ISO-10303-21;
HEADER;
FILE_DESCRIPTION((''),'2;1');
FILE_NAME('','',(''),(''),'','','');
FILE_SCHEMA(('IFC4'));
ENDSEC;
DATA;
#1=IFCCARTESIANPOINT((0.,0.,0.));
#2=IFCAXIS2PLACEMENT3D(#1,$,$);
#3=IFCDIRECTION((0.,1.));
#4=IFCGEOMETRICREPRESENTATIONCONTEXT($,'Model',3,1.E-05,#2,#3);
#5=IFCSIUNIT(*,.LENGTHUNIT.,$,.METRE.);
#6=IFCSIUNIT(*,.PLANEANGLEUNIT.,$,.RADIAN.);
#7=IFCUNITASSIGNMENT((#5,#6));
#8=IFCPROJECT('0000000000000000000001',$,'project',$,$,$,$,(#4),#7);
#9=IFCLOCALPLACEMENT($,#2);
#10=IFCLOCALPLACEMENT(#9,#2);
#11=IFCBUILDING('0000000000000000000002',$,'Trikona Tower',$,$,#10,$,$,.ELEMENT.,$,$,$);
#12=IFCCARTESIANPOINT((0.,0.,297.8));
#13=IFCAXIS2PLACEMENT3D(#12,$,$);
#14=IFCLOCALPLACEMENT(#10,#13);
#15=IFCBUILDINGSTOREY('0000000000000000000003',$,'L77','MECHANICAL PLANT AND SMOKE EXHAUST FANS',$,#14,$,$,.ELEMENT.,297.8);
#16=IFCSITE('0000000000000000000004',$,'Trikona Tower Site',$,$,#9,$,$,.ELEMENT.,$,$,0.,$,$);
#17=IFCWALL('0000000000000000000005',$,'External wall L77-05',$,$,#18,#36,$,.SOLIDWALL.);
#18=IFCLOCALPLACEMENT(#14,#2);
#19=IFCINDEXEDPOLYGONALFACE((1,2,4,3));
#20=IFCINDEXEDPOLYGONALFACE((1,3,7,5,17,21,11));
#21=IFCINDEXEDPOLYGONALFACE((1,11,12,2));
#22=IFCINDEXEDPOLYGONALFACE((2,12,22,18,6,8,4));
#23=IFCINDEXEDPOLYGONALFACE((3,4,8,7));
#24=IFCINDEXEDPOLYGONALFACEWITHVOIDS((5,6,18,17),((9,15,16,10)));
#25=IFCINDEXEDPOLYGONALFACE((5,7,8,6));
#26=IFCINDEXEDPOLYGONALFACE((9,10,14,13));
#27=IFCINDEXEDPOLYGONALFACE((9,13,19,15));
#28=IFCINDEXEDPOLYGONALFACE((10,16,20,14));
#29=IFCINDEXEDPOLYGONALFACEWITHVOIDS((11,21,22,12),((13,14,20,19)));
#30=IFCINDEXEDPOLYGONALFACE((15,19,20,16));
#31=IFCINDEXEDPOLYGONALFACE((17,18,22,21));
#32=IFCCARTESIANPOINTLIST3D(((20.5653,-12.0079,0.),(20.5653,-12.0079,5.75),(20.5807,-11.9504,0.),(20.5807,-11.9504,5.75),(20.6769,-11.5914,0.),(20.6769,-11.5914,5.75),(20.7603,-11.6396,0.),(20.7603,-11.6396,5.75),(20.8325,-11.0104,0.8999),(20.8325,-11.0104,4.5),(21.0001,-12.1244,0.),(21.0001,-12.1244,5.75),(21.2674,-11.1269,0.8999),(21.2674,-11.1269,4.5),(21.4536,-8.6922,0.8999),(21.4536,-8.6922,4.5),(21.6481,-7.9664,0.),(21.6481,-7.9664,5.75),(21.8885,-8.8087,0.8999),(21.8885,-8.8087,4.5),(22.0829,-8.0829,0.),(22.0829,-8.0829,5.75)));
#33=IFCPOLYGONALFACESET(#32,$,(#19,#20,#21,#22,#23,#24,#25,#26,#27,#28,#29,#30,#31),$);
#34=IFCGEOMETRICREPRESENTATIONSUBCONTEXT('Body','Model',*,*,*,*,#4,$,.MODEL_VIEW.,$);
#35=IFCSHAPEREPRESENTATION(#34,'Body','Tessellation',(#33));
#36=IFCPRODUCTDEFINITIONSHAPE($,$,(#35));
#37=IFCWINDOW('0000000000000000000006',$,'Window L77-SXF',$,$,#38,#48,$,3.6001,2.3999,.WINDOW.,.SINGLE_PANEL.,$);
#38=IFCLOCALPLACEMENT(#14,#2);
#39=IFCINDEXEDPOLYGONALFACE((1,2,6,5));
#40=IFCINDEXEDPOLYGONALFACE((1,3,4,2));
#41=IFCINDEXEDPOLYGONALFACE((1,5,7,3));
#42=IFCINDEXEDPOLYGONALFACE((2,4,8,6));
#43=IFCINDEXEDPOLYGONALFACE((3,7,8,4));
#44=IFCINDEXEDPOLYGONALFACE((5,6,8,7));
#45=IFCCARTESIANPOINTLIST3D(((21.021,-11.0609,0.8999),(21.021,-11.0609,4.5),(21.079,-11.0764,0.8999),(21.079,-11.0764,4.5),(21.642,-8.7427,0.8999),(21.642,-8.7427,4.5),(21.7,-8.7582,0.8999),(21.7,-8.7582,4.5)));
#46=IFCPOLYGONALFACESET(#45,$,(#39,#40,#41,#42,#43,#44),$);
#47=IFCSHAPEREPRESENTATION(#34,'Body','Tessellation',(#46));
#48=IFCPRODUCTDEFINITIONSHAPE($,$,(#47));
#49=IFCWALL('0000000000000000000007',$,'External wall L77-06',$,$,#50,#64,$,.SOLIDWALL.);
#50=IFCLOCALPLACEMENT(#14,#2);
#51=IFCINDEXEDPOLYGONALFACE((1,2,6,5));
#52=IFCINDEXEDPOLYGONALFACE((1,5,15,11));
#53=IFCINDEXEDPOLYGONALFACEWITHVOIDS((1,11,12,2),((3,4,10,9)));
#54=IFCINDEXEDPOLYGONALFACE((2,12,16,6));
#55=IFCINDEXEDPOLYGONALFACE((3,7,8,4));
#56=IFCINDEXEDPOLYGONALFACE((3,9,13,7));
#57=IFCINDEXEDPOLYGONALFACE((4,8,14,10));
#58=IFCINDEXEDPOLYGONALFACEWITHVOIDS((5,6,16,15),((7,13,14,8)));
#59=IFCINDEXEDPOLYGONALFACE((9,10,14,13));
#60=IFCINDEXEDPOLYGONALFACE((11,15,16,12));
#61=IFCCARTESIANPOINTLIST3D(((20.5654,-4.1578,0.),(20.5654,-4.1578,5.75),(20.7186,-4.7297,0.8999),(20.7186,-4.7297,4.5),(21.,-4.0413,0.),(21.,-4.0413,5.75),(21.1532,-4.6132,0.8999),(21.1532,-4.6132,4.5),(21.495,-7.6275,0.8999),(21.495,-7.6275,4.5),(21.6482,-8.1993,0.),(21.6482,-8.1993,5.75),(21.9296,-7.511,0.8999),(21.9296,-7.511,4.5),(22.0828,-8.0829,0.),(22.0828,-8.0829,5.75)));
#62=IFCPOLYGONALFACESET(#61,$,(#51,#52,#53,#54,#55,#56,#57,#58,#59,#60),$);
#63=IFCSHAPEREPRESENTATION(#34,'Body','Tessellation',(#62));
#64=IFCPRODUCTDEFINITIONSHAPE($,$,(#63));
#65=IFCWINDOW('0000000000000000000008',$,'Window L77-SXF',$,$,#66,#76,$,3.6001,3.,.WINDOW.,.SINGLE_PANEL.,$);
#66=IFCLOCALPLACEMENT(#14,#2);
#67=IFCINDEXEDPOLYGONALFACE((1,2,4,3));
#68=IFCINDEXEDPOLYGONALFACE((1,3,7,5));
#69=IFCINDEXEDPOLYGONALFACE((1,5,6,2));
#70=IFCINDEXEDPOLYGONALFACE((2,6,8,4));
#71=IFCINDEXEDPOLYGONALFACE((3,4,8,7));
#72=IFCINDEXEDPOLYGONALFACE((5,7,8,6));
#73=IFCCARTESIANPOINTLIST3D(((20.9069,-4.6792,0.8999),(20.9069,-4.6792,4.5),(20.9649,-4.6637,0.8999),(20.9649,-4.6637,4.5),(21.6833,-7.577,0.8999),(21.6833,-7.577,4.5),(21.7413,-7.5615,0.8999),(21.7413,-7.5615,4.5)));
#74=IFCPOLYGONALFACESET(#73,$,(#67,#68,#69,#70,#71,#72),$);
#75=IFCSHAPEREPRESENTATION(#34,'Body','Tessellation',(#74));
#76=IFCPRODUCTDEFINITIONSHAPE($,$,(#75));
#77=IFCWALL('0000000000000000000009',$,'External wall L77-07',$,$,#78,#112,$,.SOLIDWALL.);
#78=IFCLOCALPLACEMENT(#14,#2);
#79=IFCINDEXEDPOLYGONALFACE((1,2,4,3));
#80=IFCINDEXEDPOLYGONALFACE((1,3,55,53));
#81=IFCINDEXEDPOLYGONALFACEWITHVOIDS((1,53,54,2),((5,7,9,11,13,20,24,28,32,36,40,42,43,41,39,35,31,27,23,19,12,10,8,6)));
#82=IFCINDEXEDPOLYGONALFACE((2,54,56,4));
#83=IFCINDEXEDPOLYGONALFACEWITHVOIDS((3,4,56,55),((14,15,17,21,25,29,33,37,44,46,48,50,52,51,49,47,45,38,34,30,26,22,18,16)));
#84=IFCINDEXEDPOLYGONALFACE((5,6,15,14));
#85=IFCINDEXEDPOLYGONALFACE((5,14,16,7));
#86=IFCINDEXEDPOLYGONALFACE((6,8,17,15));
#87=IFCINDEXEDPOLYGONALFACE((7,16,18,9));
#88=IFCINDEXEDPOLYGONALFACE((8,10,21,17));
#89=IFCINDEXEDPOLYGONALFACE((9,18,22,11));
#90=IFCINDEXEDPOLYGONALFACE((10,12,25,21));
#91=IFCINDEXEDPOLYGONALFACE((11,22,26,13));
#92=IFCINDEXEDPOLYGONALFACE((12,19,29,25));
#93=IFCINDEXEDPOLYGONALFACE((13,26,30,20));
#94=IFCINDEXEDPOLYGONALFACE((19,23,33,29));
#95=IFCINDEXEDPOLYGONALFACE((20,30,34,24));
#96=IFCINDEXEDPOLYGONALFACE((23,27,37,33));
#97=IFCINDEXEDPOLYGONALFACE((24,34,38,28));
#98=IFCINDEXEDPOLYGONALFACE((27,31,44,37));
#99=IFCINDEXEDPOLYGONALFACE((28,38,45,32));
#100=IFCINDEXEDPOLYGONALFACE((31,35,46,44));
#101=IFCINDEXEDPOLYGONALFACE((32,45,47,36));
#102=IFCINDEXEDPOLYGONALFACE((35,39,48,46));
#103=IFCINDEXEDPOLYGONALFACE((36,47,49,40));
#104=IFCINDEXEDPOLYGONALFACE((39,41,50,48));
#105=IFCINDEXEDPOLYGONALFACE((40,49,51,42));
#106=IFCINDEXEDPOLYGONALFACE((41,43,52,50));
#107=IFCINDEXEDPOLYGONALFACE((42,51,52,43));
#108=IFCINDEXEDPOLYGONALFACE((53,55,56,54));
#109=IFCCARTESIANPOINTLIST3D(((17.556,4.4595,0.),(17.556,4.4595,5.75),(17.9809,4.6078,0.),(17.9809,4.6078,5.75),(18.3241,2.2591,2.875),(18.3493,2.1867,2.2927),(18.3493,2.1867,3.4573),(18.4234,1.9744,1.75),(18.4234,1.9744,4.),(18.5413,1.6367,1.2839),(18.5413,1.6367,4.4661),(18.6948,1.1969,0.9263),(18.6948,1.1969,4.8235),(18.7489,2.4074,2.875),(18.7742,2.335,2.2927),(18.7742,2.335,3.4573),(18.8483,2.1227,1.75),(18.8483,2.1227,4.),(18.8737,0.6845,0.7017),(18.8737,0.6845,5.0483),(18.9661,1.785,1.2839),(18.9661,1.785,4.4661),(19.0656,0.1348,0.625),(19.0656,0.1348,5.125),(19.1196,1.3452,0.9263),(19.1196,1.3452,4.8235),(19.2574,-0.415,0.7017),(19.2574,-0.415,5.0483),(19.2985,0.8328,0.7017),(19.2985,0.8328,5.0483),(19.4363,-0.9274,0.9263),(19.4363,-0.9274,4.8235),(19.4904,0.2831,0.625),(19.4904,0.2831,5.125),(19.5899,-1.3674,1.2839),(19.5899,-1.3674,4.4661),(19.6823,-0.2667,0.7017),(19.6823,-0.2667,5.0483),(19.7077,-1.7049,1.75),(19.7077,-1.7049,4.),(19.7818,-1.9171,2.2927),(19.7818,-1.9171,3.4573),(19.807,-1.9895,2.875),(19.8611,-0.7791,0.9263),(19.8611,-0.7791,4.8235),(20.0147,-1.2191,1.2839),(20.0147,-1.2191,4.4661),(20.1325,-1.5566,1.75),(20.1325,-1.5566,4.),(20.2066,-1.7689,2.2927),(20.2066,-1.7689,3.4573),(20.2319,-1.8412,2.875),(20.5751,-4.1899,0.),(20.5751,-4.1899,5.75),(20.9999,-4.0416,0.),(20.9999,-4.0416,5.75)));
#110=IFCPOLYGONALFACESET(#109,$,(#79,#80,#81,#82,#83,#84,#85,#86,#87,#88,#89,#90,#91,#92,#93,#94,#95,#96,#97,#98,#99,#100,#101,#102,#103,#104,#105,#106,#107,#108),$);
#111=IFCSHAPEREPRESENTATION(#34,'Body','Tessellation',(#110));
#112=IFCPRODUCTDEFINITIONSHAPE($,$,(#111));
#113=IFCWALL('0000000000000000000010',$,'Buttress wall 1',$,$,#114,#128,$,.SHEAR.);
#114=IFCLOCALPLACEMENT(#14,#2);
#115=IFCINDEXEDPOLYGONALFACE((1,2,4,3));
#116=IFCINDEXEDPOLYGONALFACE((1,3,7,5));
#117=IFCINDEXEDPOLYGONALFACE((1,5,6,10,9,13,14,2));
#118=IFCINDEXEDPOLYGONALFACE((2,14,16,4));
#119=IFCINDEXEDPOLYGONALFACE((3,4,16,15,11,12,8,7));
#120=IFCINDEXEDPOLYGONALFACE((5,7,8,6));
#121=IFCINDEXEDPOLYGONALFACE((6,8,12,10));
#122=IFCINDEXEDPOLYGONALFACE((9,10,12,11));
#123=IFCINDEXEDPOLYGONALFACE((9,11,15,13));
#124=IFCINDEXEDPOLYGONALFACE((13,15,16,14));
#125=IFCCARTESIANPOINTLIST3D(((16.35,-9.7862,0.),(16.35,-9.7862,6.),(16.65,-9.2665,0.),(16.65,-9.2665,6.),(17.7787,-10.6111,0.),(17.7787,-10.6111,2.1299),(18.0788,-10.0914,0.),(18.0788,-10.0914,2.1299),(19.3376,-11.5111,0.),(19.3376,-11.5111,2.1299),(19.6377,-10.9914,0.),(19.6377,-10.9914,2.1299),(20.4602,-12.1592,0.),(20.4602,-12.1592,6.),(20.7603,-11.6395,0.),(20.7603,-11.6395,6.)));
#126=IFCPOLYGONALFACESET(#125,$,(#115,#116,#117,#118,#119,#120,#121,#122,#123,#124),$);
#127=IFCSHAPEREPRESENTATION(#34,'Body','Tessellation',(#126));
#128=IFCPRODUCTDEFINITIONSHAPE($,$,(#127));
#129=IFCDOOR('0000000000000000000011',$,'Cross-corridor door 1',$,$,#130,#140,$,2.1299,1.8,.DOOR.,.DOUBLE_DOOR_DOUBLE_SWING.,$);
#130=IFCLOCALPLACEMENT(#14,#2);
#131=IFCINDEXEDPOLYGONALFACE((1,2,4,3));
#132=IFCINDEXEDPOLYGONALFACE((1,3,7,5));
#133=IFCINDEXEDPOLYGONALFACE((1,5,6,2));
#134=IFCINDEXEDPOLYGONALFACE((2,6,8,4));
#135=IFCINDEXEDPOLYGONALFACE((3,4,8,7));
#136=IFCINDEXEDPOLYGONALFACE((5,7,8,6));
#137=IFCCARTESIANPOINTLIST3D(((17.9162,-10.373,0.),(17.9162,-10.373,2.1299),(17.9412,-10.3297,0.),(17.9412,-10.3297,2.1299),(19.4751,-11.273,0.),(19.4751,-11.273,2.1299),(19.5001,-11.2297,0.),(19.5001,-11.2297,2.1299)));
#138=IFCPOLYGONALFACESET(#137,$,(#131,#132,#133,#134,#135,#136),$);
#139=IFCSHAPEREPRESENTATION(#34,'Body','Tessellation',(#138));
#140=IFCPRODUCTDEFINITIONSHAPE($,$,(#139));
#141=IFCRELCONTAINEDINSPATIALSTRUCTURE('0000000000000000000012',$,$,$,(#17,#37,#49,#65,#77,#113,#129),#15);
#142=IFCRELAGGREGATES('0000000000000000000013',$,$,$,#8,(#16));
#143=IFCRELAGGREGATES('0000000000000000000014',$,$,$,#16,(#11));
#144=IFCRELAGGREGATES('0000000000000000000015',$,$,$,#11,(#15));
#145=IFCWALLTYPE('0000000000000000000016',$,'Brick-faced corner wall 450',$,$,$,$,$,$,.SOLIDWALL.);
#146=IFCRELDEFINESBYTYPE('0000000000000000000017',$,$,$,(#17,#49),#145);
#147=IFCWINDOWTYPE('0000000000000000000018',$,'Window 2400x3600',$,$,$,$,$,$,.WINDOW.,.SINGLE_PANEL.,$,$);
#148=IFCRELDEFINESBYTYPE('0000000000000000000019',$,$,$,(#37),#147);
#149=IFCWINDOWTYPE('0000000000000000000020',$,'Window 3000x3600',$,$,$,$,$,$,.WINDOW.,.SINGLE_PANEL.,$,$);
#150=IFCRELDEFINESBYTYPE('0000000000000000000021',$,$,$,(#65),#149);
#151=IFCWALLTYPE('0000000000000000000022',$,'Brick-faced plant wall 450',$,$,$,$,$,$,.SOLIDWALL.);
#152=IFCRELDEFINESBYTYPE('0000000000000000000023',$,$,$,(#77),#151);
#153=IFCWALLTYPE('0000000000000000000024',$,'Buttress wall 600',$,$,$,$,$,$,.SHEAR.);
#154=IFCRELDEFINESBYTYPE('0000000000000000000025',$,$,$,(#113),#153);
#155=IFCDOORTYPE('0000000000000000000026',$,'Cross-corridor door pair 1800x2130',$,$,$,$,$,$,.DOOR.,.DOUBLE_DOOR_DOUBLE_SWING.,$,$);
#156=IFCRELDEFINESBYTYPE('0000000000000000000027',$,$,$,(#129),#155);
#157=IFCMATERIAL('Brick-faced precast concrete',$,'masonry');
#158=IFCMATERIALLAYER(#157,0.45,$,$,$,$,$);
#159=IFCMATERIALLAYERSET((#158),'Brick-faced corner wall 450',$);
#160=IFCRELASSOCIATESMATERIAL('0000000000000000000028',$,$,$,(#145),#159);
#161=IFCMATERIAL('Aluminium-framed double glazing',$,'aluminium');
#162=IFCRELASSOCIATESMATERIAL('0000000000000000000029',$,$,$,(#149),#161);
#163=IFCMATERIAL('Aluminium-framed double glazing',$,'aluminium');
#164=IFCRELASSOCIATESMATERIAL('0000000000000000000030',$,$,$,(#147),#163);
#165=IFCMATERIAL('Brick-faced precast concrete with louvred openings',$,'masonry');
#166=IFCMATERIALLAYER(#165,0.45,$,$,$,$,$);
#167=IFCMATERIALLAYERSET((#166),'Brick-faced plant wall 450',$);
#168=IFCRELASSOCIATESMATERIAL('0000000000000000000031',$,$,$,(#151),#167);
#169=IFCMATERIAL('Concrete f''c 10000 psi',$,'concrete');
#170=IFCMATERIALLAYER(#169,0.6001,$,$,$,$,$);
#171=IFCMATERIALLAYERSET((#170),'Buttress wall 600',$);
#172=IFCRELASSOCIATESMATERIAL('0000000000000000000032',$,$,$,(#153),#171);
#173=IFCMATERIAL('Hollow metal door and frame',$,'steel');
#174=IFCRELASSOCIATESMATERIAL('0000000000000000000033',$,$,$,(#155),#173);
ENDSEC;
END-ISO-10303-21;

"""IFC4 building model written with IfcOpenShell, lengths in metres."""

from ifc_helpers import new_model, si_unit, direction, frame, frame_2d, origin, place, context, subcontext, project, spatial, polyline, rectangle, outline, extrude, material, layer, layer_set, type_object, element, fill, save


model = new_model("IFC4")

# Units and contexts
model_context = context("Model", 3, precision=1e-05, world=origin(), true_north=direction((0.0, 1.0)))
body_context = subcontext(model_context, "Body", "Model", "MODEL_VIEW")
ifc_project = project(units=[si_unit("LENGTHUNIT", "METRE"), si_unit("PLANEANGLEUNIT", "RADIAN")], contexts=[model_context])

# Site, building, storey
site_placement = place(None, origin())
site = spatial("IfcSite", under=ifc_project, at=site_placement, Name="Trikona Tower Site", CompositionType="ELEMENT", RefElevation=0.0)
building_placement = place(site_placement, origin())
building = spatial("IfcBuilding", under=site, at=building_placement, Name="Trikona Tower", CompositionType="ELEMENT")
storey_placement = place(building_placement, frame((0.0, 0.0, 297.8)))
storey = spatial("IfcBuildingStorey", under=building, at=storey_placement, Name="L77", Description="MECHANICAL PLANT AND SMOKE EXHAUST FANS", CompositionType="ELEMENT", Elevation=297.8)

# Walls, openings, windows
ifc_material_1 = material(Name="Brick-faced precast concrete", Category="masonry")
ifc_layer_1 = layer(ifc_material_1, 0.45)
ifc_layer_set_1 = layer_set([ifc_layer_1], Name="Brick-faced corner wall 450")
wall_type_1 = type_object("IfcWallType", Name="Brick-faced corner wall 450", PredefinedType="SOLIDWALL", material=ifc_layer_set_1)
ifc_material_2 = material(Name="Aluminium-framed double glazing", Category="aluminium")
window_type_1 = type_object("IfcWindowType", Name="Window 3000x3600", PartitioningType="SINGLE_PANEL", PredefinedType="WINDOW", material=ifc_material_2)
ifc_material_3 = material(Name="Aluminium-framed double glazing", Category="aluminium")
window_type_2 = type_object("IfcWindowType", Name="Window 2400x3600", PartitioningType="SINGLE_PANEL", PredefinedType="WINDOW", material=ifc_material_3)
wall_1_placement = place(storey_placement, frame((20.7827, -12.0662, 0.0), z_axis=(0.0, 0.0, 1.0), x_axis=(0.258785, 0.965935, 0.0)))
wall_1 = element("IfcWall", 1, at=wall_1_placement, inside=storey, type_object=wall_type_1, Name="External wall L77-05", PredefinedType="SOLIDWALL", context=body_context, shape_type="SweptSolid", body=[
    extrude(outline(polyline([(4.1841, 0.2251), (0.4312, 0.2251), (0.4062, 0.1321), (0.0596, 0.2251), (0.0, 0.2251), (0.0, -0.2251), (4.1841, -0.2251), (4.1841, 0.2251)])), origin(), (0.0, 0.0, 1.0), 5.75),
])
opening_1_placement = place(wall_1_placement, frame((1.0327, 0.0, 0.8999)))
opening_1 = element("IfcOpeningElement", 2, at=opening_1_placement, cuts=wall_1, PredefinedType="OPENING", context=body_context, shape_type="SweptSolid", body=[
    extrude(rectangle(XDim=2.3999, YDim=3.6001, at=frame_2d((1.2, 1.8))), frame((0.0, 0.2349, 0.0), z_axis=(0.0, -1.0, 0.0), x_axis=(1.0, 0.0, 0.0)), (0.0, 0.0, 1.0), 0.47),
])
window_1_placement = place(opening_1_placement, origin())
window_1 = element("IfcWindow", 3, at=window_1_placement, inside=storey, type_object=window_type_2, Name="Window L77-SXF", OverallHeight=3.6001, OverallWidth=2.3999, PartitioningType="SINGLE_PANEL", PredefinedType="WINDOW", context=body_context, shape_type="SweptSolid", body=[
    extrude(rectangle(XDim=2.3999, YDim=3.6001, at=frame_2d((1.2, 1.8))), frame((0.0, 0.03, 0.0), z_axis=(0.0, -1.0, 0.0), x_axis=(1.0, 0.0, 0.0)), (0.0, 0.0, 1.0), 0.0601),
])
fill(opening_1, window_1)
wall_2_placement = place(storey_placement, frame((21.8655, -8.1411, 0.0), z_axis=(0.0, 0.0, 1.0), x_axis=(-0.258785, 0.965935, 0.0)))
wall_2 = element("IfcWall", 4, at=wall_2_placement, inside=storey, type_object=wall_type_1, Name="External wall L77-06", PredefinedType="SOLIDWALL", context=body_context, shape_type="SweptSolid", body=[
    extrude(rectangle(XDim=4.1841, YDim=0.45, at=frame_2d((2.092, 0.0))), origin(), (0.0, 0.0, 1.0), 5.75),
])
opening_2_placement = place(wall_2_placement, frame((0.592, 0.0, 0.8999)))
opening_2 = element("IfcOpeningElement", 5, at=opening_2_placement, cuts=wall_2, PredefinedType="OPENING", context=body_context, shape_type="SweptSolid", body=[
    extrude(rectangle(XDim=3.0, YDim=3.6001, at=frame_2d((1.5, 1.8))), frame((0.0, 0.2349, 0.0), z_axis=(0.0, -1.0, 0.0), x_axis=(1.0, 0.0, 0.0)), (0.0, 0.0, 1.0), 0.47),
])
window_2_placement = place(opening_2_placement, origin())
window_2 = element("IfcWindow", 6, at=window_2_placement, inside=storey, type_object=window_type_1, Name="Window L77-SXF", OverallHeight=3.6001, OverallWidth=3.0, PartitioningType="SINGLE_PANEL", PredefinedType="WINDOW", context=body_context, shape_type="SweptSolid", body=[
    extrude(rectangle(XDim=3.0, YDim=3.6001, at=frame_2d((1.5, 1.8))), frame((0.0, 0.03, 0.0), z_axis=(0.0, -1.0, 0.0), x_axis=(1.0, 0.0, 0.0)), (0.0, 0.0, 1.0), 0.0601),
])
fill(opening_2, window_2)

# Wall
ifc_material_4 = material(Name="Brick-faced precast concrete with louvred openings", Category="masonry")
ifc_layer_2 = layer(ifc_material_4, 0.45)
ifc_layer_set_2 = layer_set([ifc_layer_2], Name="Brick-faced plant wall 450")
wall_type_2 = type_object("IfcWallType", Name="Brick-faced plant wall 450", PredefinedType="SOLIDWALL", material=ifc_layer_set_2)
wall_3_placement = place(storey_placement, frame((20.7876, -4.1157, 0.0), z_axis=(0.0, 0.0, 1.0), x_axis=(-0.329548, 0.944139, 0.0)))
element("IfcWall", 7, at=wall_3_placement, inside=storey, type_object=wall_type_2, Name="External wall L77-07", PredefinedType="SOLIDWALL", context=body_context, shape_type="SweptSolid", body=[
    extrude(outline(polyline([(0.0, 0.0), (9.1611, 0.0), (9.1611, 5.75), (0.0, 5.75), (0.0, 0.0)]), holes=[polyline([(6.8306, 2.875), (6.7539, 3.4573), (6.5291, 4.0), (6.1714, 4.4661), (5.7056, 4.8235), (5.1628, 5.0483), (4.5806, 5.125), (3.9983, 5.0483), (3.4556, 4.8235), (2.9895, 4.4661), (2.6321, 4.0), (2.4072, 3.4573), (2.3306, 2.875), (2.4072, 2.2927), (2.6321, 1.75), (2.9895, 1.2839), (3.4556, 0.9263), (3.9983, 0.7017), (4.5806, 0.625), (5.1628, 0.7017), (5.7056, 0.9263), (6.1714, 1.2839), (6.5291, 1.75), (6.7539, 2.2927), (6.8306, 2.875)])]), frame((0.0, 0.2251, 0.0), z_axis=(0.0, -1.0, 0.0), x_axis=(1.0, 0.0, 0.0)), (0.0, 0.0, 1.0), 0.45),
])

# Wall, opening, door
ifc_material_5 = material(Name="Concrete f'c 10000 psi", Category="concrete")
ifc_layer_3 = layer(ifc_material_5, 0.6001)
ifc_layer_set_3 = layer_set([ifc_layer_3], Name="Buttress wall 600")
wall_type_3 = type_object("IfcWallType", Name="Buttress wall 600", PredefinedType="SHEAR", material=ifc_layer_set_3)
wall_4_placement = place(storey_placement, frame((16.5, -9.5264, 0.0), z_axis=(0.0, 0.0, 1.0), x_axis=(0.866031, -0.49999, 0.0)))
wall_4 = element("IfcWall", 8, at=wall_4_placement, inside=storey, type_object=wall_type_3, Name="Buttress wall 1", PredefinedType="SHEAR", context=body_context, shape_type="SweptSolid", body=[
    extrude(rectangle(XDim=4.7461, YDim=0.6001, at=frame_2d((2.373, 0.0))), origin(), (0.0, 0.0, 1.0), 6.0),
])
opening_3_placement = place(wall_4_placement, frame((1.6499, 0.0, 0.0)))
opening_3 = element("IfcOpeningElement", 9, at=opening_3_placement, cuts=wall_4, PredefinedType="OPENING", context=body_context, shape_type="SweptSolid", body=[
    extrude(rectangle(XDim=1.8, YDim=2.1299, at=frame_2d((0.8999, 1.0649))), frame((0.0, 0.3101, 0.0), z_axis=(0.0, -1.0, 0.0), x_axis=(1.0, 0.0, 0.0)), (0.0, 0.0, 1.0), 0.6201),
])
ifc_material_6 = material(Name="Hollow metal door and frame", Category="steel")
door_type_1 = type_object("IfcDoorType", Name="Cross-corridor door pair 1800x2130", OperationType="DOUBLE_DOOR_DOUBLE_SWING", PredefinedType="DOOR", material=ifc_material_6)
door_1_placement = place(opening_3_placement, origin())
door_1 = element("IfcDoor", 10, at=door_1_placement, inside=storey, type_object=door_type_1, Name="Cross-corridor door 1", OperationType="DOUBLE_DOOR_DOUBLE_SWING", OverallHeight=2.1299, OverallWidth=1.8, PredefinedType="DOOR", context=body_context, shape_type="SweptSolid", body=[
    extrude(rectangle(XDim=1.8, YDim=2.1299, at=frame_2d((0.8999, 1.0649))), frame((0.0, 0.0249, 0.0), z_axis=(0.0, -1.0, 0.0), x_axis=(1.0, 0.0, 0.0)), (0.0, 0.0, 1.0), 0.05),
])
fill(opening_3, door_1)

save(model, "model.ifc")
